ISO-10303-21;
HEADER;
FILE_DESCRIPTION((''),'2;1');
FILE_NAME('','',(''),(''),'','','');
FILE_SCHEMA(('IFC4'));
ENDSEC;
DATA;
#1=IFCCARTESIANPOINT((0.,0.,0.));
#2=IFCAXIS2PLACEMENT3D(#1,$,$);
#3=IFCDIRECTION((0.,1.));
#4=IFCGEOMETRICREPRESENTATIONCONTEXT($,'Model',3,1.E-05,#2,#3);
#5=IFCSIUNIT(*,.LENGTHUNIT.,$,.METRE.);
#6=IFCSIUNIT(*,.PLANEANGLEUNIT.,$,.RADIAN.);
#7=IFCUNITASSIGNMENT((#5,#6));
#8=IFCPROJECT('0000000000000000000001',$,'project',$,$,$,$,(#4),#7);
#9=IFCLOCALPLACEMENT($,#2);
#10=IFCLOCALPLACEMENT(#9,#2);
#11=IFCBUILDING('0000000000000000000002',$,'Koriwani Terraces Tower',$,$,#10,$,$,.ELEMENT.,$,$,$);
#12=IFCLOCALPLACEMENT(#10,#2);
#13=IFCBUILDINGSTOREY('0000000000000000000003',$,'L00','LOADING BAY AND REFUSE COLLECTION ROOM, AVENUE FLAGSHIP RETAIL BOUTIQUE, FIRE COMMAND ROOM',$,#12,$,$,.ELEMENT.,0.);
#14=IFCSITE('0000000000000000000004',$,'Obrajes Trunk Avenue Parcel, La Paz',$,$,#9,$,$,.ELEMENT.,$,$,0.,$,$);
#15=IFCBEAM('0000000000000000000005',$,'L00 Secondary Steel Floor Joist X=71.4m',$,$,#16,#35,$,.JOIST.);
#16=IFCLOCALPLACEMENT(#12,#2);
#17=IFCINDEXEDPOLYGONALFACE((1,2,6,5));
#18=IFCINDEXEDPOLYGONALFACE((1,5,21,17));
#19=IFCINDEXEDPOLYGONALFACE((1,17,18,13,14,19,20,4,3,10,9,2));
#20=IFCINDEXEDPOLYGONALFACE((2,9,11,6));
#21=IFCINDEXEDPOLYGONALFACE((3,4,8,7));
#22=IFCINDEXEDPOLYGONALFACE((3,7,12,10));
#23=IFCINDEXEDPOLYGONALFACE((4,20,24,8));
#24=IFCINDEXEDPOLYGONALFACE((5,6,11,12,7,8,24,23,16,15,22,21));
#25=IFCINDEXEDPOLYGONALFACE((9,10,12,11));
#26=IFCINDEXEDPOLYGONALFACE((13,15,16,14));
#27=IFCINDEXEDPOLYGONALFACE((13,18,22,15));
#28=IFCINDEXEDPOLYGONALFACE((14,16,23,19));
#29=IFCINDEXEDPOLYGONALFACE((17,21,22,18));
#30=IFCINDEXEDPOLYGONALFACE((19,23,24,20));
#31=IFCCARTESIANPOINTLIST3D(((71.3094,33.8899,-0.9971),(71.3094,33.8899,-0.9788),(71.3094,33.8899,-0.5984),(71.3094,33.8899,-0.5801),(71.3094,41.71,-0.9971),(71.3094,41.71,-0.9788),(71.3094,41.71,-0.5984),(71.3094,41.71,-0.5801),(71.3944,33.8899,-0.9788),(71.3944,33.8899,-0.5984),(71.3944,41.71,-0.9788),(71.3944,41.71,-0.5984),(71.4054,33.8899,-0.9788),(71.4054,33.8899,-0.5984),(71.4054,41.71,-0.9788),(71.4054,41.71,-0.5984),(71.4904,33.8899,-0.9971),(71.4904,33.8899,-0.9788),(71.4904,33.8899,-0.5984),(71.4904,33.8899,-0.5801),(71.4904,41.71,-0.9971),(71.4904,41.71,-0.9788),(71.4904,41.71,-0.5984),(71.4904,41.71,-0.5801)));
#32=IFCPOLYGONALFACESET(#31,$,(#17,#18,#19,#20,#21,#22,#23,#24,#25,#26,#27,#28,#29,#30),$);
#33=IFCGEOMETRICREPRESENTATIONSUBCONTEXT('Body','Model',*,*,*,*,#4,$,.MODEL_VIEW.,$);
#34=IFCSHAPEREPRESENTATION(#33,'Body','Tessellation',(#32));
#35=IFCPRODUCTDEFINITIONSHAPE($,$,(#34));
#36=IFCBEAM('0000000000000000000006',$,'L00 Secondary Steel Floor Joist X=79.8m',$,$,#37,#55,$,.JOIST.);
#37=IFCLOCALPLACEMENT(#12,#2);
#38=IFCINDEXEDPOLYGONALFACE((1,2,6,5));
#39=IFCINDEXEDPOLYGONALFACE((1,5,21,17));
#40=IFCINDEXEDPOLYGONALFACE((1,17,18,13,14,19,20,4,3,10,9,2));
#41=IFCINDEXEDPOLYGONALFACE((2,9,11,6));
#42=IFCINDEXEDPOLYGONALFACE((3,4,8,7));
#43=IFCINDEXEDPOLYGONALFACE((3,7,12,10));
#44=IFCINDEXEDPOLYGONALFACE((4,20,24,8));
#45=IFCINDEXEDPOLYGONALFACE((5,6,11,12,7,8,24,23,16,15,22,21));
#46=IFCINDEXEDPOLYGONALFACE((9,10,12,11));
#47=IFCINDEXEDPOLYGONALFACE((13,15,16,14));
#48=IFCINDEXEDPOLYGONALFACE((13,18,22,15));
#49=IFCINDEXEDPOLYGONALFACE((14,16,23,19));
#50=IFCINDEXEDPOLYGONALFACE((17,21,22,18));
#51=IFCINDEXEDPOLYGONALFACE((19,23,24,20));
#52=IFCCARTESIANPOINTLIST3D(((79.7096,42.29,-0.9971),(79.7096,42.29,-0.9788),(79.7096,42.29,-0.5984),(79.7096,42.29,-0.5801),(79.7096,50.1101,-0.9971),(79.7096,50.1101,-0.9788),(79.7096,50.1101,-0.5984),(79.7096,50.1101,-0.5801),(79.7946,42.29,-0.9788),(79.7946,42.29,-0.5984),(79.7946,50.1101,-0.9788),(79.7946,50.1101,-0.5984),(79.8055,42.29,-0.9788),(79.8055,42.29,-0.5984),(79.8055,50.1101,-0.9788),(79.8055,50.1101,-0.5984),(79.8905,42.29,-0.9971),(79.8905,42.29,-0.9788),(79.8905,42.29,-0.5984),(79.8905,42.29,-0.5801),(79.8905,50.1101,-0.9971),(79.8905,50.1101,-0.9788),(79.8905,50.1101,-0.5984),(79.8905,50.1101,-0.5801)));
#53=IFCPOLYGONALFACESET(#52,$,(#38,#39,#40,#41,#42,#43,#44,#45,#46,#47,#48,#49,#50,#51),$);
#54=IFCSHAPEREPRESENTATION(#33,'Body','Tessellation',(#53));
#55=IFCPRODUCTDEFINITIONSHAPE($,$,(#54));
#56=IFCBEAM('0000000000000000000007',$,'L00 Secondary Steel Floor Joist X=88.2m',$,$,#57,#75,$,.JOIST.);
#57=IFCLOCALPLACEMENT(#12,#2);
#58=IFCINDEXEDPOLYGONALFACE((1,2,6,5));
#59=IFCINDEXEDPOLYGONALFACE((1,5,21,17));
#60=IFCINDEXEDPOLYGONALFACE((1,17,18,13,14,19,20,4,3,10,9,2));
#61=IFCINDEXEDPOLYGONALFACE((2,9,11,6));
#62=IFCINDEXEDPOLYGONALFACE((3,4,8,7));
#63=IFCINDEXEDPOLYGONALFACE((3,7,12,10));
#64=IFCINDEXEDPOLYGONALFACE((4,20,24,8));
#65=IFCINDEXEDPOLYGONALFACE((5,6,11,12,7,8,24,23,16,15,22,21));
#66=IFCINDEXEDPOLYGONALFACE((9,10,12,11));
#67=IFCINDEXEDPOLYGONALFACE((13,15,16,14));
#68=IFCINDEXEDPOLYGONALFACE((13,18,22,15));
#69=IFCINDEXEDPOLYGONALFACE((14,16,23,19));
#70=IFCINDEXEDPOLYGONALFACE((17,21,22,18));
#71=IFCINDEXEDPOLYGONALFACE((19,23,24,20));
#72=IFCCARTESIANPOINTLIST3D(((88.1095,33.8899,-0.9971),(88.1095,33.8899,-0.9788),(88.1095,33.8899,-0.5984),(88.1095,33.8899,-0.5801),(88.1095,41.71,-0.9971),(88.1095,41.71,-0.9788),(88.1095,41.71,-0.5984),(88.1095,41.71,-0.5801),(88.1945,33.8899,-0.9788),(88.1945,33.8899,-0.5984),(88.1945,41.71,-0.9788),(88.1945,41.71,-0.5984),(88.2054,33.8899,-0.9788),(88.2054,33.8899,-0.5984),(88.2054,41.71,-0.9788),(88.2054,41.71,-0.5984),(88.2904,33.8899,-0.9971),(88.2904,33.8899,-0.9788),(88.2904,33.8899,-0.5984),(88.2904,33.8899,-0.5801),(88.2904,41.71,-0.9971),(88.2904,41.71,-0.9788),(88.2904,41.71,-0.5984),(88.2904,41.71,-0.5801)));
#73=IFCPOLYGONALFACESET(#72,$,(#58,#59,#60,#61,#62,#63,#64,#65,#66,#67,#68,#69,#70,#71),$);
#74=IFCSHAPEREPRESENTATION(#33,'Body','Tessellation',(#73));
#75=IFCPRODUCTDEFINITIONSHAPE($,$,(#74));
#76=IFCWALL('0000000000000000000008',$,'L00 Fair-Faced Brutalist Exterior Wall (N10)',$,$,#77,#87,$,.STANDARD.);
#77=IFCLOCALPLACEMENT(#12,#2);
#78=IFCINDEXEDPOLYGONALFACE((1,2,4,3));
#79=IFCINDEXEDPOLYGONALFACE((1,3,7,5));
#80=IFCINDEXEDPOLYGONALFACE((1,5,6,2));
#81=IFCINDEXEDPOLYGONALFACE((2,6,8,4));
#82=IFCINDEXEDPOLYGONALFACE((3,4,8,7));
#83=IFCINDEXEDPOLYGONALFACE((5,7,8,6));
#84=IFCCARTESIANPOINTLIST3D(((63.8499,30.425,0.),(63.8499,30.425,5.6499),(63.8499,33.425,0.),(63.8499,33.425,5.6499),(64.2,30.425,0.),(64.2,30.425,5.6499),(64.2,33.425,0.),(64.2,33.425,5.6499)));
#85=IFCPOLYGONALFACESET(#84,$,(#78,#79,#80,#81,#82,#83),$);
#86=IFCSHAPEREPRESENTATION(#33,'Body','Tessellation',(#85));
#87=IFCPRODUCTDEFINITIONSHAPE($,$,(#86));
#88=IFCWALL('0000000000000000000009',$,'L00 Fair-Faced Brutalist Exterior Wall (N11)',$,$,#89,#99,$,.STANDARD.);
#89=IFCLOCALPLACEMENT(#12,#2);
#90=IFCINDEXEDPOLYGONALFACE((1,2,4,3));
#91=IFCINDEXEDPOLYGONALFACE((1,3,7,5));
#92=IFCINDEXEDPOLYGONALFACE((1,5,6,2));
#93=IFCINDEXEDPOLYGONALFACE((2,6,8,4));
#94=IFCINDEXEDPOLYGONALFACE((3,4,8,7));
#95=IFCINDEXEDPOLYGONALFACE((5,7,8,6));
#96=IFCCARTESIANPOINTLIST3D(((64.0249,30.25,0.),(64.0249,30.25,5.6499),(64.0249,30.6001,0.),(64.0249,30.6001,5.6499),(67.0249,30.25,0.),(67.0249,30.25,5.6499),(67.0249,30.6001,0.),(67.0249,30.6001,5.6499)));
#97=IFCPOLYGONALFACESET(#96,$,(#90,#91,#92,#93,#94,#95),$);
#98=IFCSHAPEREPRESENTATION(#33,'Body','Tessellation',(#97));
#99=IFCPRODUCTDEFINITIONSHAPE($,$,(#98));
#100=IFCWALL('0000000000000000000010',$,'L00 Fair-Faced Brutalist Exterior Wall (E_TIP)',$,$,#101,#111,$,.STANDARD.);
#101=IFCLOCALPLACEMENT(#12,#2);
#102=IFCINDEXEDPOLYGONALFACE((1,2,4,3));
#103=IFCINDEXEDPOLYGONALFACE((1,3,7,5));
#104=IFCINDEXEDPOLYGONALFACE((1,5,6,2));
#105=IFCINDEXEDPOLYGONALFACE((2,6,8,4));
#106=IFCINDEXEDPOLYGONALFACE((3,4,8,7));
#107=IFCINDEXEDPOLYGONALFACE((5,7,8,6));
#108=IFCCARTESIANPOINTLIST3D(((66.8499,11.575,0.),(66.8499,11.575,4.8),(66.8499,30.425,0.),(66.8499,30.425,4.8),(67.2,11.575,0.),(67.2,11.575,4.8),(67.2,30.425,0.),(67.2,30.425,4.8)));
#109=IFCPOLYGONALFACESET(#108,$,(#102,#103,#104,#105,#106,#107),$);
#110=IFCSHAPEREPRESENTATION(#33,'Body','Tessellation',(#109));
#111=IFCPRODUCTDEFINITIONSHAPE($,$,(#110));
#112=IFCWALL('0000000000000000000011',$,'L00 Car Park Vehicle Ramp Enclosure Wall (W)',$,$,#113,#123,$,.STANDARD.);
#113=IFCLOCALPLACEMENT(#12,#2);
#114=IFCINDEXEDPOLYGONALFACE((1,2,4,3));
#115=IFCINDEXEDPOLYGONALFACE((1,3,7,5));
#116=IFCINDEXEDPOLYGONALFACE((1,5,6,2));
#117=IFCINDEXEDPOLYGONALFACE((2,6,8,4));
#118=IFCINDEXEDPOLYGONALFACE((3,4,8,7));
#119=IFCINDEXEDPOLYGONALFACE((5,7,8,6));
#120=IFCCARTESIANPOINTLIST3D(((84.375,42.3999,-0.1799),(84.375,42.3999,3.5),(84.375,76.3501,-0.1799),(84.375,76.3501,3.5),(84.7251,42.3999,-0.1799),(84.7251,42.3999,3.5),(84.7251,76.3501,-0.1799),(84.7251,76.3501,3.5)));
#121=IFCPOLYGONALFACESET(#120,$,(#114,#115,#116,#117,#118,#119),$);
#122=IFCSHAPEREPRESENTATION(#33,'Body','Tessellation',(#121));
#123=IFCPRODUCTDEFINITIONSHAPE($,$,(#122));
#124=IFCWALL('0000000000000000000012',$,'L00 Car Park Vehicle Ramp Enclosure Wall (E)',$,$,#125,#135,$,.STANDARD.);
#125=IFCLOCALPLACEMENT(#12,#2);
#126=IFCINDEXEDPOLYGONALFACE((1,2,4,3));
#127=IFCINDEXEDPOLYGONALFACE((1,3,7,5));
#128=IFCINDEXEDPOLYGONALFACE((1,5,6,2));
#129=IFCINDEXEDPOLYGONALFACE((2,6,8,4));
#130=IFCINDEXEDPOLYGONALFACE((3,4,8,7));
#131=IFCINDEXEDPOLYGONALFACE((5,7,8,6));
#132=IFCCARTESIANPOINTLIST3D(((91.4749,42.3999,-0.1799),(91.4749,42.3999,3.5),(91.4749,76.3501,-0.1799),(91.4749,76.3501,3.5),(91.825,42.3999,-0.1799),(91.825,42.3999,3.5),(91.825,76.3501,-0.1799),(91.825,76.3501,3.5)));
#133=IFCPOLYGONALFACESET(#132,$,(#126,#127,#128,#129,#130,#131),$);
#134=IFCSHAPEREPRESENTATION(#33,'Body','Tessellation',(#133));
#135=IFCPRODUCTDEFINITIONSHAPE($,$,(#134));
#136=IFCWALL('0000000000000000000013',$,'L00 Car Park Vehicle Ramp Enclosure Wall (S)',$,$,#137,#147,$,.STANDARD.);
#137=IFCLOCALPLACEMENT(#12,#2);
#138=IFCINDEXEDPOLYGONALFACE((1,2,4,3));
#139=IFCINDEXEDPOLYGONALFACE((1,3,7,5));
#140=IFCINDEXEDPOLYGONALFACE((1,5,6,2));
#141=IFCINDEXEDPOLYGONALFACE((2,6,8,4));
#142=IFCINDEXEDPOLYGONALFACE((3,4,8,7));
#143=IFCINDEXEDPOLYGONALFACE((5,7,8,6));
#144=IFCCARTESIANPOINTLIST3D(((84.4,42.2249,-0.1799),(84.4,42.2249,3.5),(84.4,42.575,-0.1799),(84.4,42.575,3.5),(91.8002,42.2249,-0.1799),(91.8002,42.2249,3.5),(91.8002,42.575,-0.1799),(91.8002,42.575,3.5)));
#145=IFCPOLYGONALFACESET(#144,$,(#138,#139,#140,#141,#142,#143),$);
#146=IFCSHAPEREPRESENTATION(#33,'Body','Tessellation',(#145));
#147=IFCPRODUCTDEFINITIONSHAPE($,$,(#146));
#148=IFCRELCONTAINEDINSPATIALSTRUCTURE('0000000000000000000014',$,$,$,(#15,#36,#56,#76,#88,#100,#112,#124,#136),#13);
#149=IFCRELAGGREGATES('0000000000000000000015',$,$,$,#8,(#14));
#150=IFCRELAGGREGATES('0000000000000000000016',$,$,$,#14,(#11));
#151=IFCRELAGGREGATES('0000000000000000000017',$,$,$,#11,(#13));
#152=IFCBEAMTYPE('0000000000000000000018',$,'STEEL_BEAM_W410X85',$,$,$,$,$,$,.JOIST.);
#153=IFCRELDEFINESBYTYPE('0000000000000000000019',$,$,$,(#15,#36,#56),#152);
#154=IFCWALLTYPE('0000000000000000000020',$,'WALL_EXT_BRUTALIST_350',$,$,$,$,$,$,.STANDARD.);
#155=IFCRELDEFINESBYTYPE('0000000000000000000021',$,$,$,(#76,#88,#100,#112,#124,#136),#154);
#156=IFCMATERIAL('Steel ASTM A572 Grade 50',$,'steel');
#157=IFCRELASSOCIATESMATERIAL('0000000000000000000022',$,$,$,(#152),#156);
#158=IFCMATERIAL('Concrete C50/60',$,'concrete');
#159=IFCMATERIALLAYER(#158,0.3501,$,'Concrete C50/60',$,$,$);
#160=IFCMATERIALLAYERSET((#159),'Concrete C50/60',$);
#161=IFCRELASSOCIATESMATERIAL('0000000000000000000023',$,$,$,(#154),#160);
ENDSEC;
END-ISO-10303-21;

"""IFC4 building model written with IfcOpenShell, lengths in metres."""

from ifc_helpers import new_model, si_unit, direction, frame, frame_2d, origin, origin_2d, place, context, subcontext, project, spatial, rectangle, i_section, extrude, material, layer, layer_set, material_profile, profile_set, type_object, element, save


model = new_model("IFC4")

# Units and contexts
model_context = context("Model", 3, precision=1e-05, world=origin(), true_north=direction((0.0, 1.0)))
body_context = subcontext(model_context, "Body", "Model", "MODEL_VIEW")
ifc_project = project(units=[si_unit("LENGTHUNIT", "METRE"), si_unit("PLANEANGLEUNIT", "RADIAN")], contexts=[model_context])

# Site, building, storey
site_placement = place(None, origin())
site = spatial("IfcSite", under=ifc_project, at=site_placement, Name="Obrajes Trunk Avenue Parcel, La Paz", CompositionType="ELEMENT", RefElevation=0.0)
building_placement = place(site_placement, origin())
building = spatial("IfcBuilding", under=site, at=building_placement, Name="Koriwani Terraces Tower", CompositionType="ELEMENT")
storey_placement = place(building_placement, origin())
storey = spatial("IfcBuildingStorey", under=building, at=storey_placement, Name="L00", Description="LOADING BAY AND REFUSE COLLECTION ROOM, AVENUE FLAGSHIP RETAIL BOUTIQUE, FIRE COMMAND ROOM", CompositionType="ELEMENT", Elevation=0.0)

# Shared definitions
ifc_material_1 = material(Name="Concrete C50/60", Category="concrete")

# Beams
ifc_material_2 = material(Name="Steel ASTM A572 Grade 50", Category="steel")
ifc_material_profile_1 = material_profile(ifc_material_2, i_section(OverallWidth=0.1809, OverallDepth=0.417, WebThickness=0.011, FlangeThickness=0.0183, at=origin_2d()), Name="Steel ASTM A572 Grade 50", Category="LoadBearing")
ifc_profile_set_1 = profile_set([ifc_material_profile_1], Name="Steel ASTM A572 Grade 50")
beam_type_1 = type_object("IfcBeamType", Name="STEEL_BEAM_W410X85", PredefinedType="JOIST", material=ifc_profile_set_1)
for number, where, z_axis, x_axis, name in (
    (1, (71.3999, 33.8899, -0.7886), (0.0, 1.0, 0.0), (-1.0, 0.0, 0.0), "L00 Secondary Steel Floor Joist X=71.4m"),
    (2, (79.8, 42.29, -0.7886), (0.0, 1.0, 0.0), (-1.0, 0.0, 0.0), "L00 Secondary Steel Floor Joist X=79.8m"),
    (3, (88.2, 33.8899, -0.7886), (0.0, 1.0, 0.0), (-1.0, 0.0, 0.0), "L00 Secondary Steel Floor Joist X=88.2m"),
):
    element("IfcBeam", number, at=place(storey_placement, frame(where, z_axis=z_axis, x_axis=x_axis)), inside=storey, type_object=beam_type_1, Name=name, PredefinedType="JOIST", context=body_context, shape_type="SweptSolid", body=[
        extrude(i_section(OverallWidth=0.1809, OverallDepth=0.417, WebThickness=0.011, FlangeThickness=0.0183, at=origin_2d()), origin(), (0.0, 0.0, 1.0), 7.8201),
    ])

# Walls
ifc_layer = layer(ifc_material_1, 0.3501, Name="Concrete C50/60")
ifc_layer_set = layer_set([ifc_layer], Name="Concrete C50/60")
wall_type = type_object("IfcWallType", Name="WALL_EXT_BRUTALIST_350", PredefinedType="STANDARD", material=ifc_layer_set)
for number, where, z_axis, x_axis, name in (
    (4, (64.0249, 33.425, 0.0), (0.0, 0.0, 1.0), (0.0, -1.0, 0.0), "L00 Fair-Faced Brutalist Exterior Wall (N10)"),
    (5, (64.0249, 30.425, 0.0), (0.0, 0.0, 1.0), (1.0, 0.0, 0.0), "L00 Fair-Faced Brutalist Exterior Wall (N11)"),
):
    element("IfcWall", number, at=place(storey_placement, frame(where, z_axis=z_axis, x_axis=x_axis)), inside=storey, type_object=wall_type, Name=name, PredefinedType="STANDARD", context=body_context, shape_type="SweptSolid", body=[
        extrude(rectangle(XDim=3.0, YDim=0.3501, at=frame_2d((1.5, 0.0))), origin(), (0.0, 0.0, 1.0), 5.6499),
    ])
wall_1_placement = place(storey_placement, frame((67.0249, 30.425, 0.0), z_axis=(0.0, 0.0, 1.0), x_axis=(0.0, -1.0, 0.0)))
element("IfcWall", 6, at=wall_1_placement, inside=storey, type_object=wall_type, Name="L00 Fair-Faced Brutalist Exterior Wall (E_TIP)", PredefinedType="STANDARD", context=body_context, shape_type="SweptSolid", body=[
    extrude(rectangle(XDim=18.8501, YDim=0.3501, at=frame_2d((9.425, 0.0))), origin(), (0.0, 0.0, 1.0), 4.8),
])
for number, where, z_axis, x_axis, name in (
    (7, (84.55, 42.3999, -0.1799), (0.0, 0.0, 1.0), (0.0, 1.0, 0.0), "L00 Car Park Vehicle Ramp Enclosure Wall (W)"),
    (8, (91.6499, 42.3999, -0.1799), (0.0, 0.0, 1.0), (0.0, 1.0, 0.0), "L00 Car Park Vehicle Ramp Enclosure Wall (E)"),
):
    element("IfcWall", number, at=place(storey_placement, frame(where, z_axis=z_axis, x_axis=x_axis)), inside=storey, type_object=wall_type, Name=name, PredefinedType="STANDARD", context=body_context, shape_type="SweptSolid", body=[
        extrude(rectangle(XDim=33.9502, YDim=0.3501, at=frame_2d((16.9751, 0.0))), origin(), (0.0, 0.0, 1.0), 3.6799),
    ])
wall_2_placement = place(storey_placement, frame((84.3999, 42.3999, -0.1799), z_axis=(0.0, 0.0, 1.0), x_axis=(1.0, 0.0, 0.0)))
element("IfcWall", 9, at=wall_2_placement, inside=storey, type_object=wall_type, Name="L00 Car Park Vehicle Ramp Enclosure Wall (S)", PredefinedType="STANDARD", context=body_context, shape_type="SweptSolid", body=[
    extrude(rectangle(XDim=7.4001, YDim=0.3501, at=frame_2d((3.7002, 0.0))), origin(), (0.0, 0.0, 1.0), 3.6799),
])

save(model, "model.ifc")
